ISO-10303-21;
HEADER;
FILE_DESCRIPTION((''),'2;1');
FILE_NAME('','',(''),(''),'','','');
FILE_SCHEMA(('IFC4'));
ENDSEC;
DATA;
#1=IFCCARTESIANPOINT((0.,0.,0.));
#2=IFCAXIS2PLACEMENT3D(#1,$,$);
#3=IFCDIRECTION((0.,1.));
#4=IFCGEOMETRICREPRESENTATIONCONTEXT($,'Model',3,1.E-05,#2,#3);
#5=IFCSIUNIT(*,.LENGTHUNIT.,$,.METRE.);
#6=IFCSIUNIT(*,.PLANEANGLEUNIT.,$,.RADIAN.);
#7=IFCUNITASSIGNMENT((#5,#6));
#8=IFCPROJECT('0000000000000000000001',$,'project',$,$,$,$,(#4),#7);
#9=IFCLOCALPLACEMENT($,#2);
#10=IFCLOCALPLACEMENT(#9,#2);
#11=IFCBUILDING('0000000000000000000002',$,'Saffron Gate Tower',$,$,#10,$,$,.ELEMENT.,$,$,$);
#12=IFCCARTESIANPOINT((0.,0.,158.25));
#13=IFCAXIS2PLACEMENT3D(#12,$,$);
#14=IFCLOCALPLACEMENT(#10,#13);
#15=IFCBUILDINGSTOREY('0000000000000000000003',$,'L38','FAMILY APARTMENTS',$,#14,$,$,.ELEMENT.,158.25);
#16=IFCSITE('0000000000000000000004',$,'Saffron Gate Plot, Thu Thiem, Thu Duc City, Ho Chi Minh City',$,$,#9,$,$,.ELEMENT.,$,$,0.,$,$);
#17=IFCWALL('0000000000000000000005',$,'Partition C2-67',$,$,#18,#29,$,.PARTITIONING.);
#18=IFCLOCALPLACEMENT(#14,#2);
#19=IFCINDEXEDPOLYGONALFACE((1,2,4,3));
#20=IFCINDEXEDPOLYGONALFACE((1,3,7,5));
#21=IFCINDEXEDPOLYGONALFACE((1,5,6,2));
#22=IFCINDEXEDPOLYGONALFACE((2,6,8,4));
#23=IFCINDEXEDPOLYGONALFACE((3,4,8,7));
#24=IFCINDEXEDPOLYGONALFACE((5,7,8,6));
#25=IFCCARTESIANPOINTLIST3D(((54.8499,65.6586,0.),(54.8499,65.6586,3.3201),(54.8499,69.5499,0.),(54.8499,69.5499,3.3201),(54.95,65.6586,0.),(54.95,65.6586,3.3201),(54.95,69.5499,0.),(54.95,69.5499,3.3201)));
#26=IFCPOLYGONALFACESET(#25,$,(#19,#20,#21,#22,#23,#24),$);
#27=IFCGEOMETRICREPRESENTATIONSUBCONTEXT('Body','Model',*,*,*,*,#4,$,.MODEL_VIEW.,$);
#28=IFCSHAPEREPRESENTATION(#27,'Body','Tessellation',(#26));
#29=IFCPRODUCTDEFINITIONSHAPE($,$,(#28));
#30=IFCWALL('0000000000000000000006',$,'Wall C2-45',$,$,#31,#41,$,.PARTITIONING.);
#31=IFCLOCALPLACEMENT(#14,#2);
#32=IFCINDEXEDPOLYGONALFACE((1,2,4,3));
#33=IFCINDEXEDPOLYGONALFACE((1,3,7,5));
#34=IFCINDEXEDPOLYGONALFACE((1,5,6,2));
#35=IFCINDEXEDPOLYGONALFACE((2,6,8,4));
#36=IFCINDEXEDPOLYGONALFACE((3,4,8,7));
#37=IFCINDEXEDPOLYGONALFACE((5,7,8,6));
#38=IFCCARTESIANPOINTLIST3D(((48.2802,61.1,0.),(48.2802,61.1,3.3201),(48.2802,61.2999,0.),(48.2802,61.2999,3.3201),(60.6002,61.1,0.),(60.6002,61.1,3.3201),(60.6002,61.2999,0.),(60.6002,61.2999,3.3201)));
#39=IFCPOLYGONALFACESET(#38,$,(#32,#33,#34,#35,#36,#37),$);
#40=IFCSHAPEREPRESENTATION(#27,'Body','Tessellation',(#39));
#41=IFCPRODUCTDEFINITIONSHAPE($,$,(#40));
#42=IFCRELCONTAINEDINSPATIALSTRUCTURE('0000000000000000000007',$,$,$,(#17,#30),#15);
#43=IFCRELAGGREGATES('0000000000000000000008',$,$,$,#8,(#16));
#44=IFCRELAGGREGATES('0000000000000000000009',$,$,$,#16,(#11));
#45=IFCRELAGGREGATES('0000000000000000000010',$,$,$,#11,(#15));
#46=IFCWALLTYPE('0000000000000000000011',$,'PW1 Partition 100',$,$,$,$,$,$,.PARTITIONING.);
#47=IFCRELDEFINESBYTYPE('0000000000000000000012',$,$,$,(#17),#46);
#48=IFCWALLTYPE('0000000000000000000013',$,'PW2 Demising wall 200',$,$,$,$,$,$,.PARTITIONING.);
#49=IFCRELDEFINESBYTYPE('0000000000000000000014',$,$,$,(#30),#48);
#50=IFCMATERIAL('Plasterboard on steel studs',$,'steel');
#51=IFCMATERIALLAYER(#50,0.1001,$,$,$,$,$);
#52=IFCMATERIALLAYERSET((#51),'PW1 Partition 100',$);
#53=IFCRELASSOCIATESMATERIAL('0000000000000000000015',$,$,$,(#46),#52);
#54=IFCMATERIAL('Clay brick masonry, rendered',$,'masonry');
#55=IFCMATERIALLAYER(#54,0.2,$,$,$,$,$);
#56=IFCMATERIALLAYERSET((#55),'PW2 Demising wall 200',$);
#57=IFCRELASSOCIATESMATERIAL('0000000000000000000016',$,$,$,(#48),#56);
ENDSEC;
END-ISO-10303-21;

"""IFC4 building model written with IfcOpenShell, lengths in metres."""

from ifc_helpers import new_model, si_unit, direction, frame, frame_2d, origin, place, context, subcontext, project, spatial, rectangle, extrude, material, layer, layer_set, type_object, element, save


model = new_model("IFC4")

# Units and contexts
model_context = context("Model", 3, precision=1e-05, world=origin(), true_north=direction((0.0, 1.0)))
body_context = subcontext(model_context, "Body", "Model", "MODEL_VIEW")
ifc_project = project(units=[si_unit("LENGTHUNIT", "METRE"), si_unit("PLANEANGLEUNIT", "RADIAN")], contexts=[model_context])

# Site, building, storey
site_placement = place(None, origin())
site = spatial("IfcSite", under=ifc_project, at=site_placement, Name="Saffron Gate Plot, Thu Thiem, Thu Duc City, Ho Chi Minh City", CompositionType="ELEMENT", RefElevation=0.0)
building_placement = place(site_placement, origin())
building = spatial("IfcBuilding", under=site, at=building_placement, Name="Saffron Gate Tower", CompositionType="ELEMENT")
storey_placement = place(building_placement, frame((0.0, 0.0, 158.25)))
storey = spatial("IfcBuildingStorey", under=building, at=storey_placement, Name="L38", Description="FAMILY APARTMENTS", CompositionType="ELEMENT", Elevation=158.25)

# Shared definitions
ifc_material_1 = material(Name="Plasterboard on steel studs", Category="steel")
ifc_layer_1 = layer(ifc_material_1, 0.1001)
ifc_layer_set_1 = layer_set([ifc_layer_1], Name="PW1 Partition 100")
wall_type_1 = type_object("IfcWallType", Name="PW1 Partition 100", PredefinedType="PARTITIONING", material=ifc_layer_set_1)

# Walls
wall_1_placement = place(storey_placement, frame((54.8999, 69.55, 0.0), z_axis=(0.0, 0.0, 1.0), x_axis=(0.0, -1.0, 0.0)))
element("IfcWall", 1, at=wall_1_placement, inside=storey, type_object=wall_type_1, Name="Partition C2-67", PredefinedType="PARTITIONING", context=body_context, shape_type="SweptSolid", body=[
    extrude(rectangle(XDim=3.8914, YDim=0.1001, at=frame_2d((1.9458, 0.0))), origin(), (0.0, 0.0, 1.0), 3.3201),
])
ifc_material_2 = material(Name="Clay brick masonry, rendered", Category="masonry")
ifc_layer_2 = layer(ifc_material_2, 0.2)
ifc_layer_set_2 = layer_set([ifc_layer_2], Name="PW2 Demising wall 200")
wall_type_2 = type_object("IfcWallType", Name="PW2 Demising wall 200", PredefinedType="PARTITIONING", material=ifc_layer_set_2)
wall_2_placement = place(storey_placement, frame((48.28, 61.2, 0.0), z_axis=(0.0, 0.0, 1.0), x_axis=(1.0, 0.0, 0.0)))
element("IfcWall", 2, at=wall_2_placement, inside=storey, type_object=wall_type_2, Name="Wall C2-45", PredefinedType="PARTITIONING", context=body_context, shape_type="SweptSolid", body=[
    extrude(rectangle(XDim=12.3201, YDim=0.2, at=frame_2d((6.1602, 0.0))), origin(), (0.0, 0.0, 1.0), 3.3201),
])

save(model, "model.ifc")
